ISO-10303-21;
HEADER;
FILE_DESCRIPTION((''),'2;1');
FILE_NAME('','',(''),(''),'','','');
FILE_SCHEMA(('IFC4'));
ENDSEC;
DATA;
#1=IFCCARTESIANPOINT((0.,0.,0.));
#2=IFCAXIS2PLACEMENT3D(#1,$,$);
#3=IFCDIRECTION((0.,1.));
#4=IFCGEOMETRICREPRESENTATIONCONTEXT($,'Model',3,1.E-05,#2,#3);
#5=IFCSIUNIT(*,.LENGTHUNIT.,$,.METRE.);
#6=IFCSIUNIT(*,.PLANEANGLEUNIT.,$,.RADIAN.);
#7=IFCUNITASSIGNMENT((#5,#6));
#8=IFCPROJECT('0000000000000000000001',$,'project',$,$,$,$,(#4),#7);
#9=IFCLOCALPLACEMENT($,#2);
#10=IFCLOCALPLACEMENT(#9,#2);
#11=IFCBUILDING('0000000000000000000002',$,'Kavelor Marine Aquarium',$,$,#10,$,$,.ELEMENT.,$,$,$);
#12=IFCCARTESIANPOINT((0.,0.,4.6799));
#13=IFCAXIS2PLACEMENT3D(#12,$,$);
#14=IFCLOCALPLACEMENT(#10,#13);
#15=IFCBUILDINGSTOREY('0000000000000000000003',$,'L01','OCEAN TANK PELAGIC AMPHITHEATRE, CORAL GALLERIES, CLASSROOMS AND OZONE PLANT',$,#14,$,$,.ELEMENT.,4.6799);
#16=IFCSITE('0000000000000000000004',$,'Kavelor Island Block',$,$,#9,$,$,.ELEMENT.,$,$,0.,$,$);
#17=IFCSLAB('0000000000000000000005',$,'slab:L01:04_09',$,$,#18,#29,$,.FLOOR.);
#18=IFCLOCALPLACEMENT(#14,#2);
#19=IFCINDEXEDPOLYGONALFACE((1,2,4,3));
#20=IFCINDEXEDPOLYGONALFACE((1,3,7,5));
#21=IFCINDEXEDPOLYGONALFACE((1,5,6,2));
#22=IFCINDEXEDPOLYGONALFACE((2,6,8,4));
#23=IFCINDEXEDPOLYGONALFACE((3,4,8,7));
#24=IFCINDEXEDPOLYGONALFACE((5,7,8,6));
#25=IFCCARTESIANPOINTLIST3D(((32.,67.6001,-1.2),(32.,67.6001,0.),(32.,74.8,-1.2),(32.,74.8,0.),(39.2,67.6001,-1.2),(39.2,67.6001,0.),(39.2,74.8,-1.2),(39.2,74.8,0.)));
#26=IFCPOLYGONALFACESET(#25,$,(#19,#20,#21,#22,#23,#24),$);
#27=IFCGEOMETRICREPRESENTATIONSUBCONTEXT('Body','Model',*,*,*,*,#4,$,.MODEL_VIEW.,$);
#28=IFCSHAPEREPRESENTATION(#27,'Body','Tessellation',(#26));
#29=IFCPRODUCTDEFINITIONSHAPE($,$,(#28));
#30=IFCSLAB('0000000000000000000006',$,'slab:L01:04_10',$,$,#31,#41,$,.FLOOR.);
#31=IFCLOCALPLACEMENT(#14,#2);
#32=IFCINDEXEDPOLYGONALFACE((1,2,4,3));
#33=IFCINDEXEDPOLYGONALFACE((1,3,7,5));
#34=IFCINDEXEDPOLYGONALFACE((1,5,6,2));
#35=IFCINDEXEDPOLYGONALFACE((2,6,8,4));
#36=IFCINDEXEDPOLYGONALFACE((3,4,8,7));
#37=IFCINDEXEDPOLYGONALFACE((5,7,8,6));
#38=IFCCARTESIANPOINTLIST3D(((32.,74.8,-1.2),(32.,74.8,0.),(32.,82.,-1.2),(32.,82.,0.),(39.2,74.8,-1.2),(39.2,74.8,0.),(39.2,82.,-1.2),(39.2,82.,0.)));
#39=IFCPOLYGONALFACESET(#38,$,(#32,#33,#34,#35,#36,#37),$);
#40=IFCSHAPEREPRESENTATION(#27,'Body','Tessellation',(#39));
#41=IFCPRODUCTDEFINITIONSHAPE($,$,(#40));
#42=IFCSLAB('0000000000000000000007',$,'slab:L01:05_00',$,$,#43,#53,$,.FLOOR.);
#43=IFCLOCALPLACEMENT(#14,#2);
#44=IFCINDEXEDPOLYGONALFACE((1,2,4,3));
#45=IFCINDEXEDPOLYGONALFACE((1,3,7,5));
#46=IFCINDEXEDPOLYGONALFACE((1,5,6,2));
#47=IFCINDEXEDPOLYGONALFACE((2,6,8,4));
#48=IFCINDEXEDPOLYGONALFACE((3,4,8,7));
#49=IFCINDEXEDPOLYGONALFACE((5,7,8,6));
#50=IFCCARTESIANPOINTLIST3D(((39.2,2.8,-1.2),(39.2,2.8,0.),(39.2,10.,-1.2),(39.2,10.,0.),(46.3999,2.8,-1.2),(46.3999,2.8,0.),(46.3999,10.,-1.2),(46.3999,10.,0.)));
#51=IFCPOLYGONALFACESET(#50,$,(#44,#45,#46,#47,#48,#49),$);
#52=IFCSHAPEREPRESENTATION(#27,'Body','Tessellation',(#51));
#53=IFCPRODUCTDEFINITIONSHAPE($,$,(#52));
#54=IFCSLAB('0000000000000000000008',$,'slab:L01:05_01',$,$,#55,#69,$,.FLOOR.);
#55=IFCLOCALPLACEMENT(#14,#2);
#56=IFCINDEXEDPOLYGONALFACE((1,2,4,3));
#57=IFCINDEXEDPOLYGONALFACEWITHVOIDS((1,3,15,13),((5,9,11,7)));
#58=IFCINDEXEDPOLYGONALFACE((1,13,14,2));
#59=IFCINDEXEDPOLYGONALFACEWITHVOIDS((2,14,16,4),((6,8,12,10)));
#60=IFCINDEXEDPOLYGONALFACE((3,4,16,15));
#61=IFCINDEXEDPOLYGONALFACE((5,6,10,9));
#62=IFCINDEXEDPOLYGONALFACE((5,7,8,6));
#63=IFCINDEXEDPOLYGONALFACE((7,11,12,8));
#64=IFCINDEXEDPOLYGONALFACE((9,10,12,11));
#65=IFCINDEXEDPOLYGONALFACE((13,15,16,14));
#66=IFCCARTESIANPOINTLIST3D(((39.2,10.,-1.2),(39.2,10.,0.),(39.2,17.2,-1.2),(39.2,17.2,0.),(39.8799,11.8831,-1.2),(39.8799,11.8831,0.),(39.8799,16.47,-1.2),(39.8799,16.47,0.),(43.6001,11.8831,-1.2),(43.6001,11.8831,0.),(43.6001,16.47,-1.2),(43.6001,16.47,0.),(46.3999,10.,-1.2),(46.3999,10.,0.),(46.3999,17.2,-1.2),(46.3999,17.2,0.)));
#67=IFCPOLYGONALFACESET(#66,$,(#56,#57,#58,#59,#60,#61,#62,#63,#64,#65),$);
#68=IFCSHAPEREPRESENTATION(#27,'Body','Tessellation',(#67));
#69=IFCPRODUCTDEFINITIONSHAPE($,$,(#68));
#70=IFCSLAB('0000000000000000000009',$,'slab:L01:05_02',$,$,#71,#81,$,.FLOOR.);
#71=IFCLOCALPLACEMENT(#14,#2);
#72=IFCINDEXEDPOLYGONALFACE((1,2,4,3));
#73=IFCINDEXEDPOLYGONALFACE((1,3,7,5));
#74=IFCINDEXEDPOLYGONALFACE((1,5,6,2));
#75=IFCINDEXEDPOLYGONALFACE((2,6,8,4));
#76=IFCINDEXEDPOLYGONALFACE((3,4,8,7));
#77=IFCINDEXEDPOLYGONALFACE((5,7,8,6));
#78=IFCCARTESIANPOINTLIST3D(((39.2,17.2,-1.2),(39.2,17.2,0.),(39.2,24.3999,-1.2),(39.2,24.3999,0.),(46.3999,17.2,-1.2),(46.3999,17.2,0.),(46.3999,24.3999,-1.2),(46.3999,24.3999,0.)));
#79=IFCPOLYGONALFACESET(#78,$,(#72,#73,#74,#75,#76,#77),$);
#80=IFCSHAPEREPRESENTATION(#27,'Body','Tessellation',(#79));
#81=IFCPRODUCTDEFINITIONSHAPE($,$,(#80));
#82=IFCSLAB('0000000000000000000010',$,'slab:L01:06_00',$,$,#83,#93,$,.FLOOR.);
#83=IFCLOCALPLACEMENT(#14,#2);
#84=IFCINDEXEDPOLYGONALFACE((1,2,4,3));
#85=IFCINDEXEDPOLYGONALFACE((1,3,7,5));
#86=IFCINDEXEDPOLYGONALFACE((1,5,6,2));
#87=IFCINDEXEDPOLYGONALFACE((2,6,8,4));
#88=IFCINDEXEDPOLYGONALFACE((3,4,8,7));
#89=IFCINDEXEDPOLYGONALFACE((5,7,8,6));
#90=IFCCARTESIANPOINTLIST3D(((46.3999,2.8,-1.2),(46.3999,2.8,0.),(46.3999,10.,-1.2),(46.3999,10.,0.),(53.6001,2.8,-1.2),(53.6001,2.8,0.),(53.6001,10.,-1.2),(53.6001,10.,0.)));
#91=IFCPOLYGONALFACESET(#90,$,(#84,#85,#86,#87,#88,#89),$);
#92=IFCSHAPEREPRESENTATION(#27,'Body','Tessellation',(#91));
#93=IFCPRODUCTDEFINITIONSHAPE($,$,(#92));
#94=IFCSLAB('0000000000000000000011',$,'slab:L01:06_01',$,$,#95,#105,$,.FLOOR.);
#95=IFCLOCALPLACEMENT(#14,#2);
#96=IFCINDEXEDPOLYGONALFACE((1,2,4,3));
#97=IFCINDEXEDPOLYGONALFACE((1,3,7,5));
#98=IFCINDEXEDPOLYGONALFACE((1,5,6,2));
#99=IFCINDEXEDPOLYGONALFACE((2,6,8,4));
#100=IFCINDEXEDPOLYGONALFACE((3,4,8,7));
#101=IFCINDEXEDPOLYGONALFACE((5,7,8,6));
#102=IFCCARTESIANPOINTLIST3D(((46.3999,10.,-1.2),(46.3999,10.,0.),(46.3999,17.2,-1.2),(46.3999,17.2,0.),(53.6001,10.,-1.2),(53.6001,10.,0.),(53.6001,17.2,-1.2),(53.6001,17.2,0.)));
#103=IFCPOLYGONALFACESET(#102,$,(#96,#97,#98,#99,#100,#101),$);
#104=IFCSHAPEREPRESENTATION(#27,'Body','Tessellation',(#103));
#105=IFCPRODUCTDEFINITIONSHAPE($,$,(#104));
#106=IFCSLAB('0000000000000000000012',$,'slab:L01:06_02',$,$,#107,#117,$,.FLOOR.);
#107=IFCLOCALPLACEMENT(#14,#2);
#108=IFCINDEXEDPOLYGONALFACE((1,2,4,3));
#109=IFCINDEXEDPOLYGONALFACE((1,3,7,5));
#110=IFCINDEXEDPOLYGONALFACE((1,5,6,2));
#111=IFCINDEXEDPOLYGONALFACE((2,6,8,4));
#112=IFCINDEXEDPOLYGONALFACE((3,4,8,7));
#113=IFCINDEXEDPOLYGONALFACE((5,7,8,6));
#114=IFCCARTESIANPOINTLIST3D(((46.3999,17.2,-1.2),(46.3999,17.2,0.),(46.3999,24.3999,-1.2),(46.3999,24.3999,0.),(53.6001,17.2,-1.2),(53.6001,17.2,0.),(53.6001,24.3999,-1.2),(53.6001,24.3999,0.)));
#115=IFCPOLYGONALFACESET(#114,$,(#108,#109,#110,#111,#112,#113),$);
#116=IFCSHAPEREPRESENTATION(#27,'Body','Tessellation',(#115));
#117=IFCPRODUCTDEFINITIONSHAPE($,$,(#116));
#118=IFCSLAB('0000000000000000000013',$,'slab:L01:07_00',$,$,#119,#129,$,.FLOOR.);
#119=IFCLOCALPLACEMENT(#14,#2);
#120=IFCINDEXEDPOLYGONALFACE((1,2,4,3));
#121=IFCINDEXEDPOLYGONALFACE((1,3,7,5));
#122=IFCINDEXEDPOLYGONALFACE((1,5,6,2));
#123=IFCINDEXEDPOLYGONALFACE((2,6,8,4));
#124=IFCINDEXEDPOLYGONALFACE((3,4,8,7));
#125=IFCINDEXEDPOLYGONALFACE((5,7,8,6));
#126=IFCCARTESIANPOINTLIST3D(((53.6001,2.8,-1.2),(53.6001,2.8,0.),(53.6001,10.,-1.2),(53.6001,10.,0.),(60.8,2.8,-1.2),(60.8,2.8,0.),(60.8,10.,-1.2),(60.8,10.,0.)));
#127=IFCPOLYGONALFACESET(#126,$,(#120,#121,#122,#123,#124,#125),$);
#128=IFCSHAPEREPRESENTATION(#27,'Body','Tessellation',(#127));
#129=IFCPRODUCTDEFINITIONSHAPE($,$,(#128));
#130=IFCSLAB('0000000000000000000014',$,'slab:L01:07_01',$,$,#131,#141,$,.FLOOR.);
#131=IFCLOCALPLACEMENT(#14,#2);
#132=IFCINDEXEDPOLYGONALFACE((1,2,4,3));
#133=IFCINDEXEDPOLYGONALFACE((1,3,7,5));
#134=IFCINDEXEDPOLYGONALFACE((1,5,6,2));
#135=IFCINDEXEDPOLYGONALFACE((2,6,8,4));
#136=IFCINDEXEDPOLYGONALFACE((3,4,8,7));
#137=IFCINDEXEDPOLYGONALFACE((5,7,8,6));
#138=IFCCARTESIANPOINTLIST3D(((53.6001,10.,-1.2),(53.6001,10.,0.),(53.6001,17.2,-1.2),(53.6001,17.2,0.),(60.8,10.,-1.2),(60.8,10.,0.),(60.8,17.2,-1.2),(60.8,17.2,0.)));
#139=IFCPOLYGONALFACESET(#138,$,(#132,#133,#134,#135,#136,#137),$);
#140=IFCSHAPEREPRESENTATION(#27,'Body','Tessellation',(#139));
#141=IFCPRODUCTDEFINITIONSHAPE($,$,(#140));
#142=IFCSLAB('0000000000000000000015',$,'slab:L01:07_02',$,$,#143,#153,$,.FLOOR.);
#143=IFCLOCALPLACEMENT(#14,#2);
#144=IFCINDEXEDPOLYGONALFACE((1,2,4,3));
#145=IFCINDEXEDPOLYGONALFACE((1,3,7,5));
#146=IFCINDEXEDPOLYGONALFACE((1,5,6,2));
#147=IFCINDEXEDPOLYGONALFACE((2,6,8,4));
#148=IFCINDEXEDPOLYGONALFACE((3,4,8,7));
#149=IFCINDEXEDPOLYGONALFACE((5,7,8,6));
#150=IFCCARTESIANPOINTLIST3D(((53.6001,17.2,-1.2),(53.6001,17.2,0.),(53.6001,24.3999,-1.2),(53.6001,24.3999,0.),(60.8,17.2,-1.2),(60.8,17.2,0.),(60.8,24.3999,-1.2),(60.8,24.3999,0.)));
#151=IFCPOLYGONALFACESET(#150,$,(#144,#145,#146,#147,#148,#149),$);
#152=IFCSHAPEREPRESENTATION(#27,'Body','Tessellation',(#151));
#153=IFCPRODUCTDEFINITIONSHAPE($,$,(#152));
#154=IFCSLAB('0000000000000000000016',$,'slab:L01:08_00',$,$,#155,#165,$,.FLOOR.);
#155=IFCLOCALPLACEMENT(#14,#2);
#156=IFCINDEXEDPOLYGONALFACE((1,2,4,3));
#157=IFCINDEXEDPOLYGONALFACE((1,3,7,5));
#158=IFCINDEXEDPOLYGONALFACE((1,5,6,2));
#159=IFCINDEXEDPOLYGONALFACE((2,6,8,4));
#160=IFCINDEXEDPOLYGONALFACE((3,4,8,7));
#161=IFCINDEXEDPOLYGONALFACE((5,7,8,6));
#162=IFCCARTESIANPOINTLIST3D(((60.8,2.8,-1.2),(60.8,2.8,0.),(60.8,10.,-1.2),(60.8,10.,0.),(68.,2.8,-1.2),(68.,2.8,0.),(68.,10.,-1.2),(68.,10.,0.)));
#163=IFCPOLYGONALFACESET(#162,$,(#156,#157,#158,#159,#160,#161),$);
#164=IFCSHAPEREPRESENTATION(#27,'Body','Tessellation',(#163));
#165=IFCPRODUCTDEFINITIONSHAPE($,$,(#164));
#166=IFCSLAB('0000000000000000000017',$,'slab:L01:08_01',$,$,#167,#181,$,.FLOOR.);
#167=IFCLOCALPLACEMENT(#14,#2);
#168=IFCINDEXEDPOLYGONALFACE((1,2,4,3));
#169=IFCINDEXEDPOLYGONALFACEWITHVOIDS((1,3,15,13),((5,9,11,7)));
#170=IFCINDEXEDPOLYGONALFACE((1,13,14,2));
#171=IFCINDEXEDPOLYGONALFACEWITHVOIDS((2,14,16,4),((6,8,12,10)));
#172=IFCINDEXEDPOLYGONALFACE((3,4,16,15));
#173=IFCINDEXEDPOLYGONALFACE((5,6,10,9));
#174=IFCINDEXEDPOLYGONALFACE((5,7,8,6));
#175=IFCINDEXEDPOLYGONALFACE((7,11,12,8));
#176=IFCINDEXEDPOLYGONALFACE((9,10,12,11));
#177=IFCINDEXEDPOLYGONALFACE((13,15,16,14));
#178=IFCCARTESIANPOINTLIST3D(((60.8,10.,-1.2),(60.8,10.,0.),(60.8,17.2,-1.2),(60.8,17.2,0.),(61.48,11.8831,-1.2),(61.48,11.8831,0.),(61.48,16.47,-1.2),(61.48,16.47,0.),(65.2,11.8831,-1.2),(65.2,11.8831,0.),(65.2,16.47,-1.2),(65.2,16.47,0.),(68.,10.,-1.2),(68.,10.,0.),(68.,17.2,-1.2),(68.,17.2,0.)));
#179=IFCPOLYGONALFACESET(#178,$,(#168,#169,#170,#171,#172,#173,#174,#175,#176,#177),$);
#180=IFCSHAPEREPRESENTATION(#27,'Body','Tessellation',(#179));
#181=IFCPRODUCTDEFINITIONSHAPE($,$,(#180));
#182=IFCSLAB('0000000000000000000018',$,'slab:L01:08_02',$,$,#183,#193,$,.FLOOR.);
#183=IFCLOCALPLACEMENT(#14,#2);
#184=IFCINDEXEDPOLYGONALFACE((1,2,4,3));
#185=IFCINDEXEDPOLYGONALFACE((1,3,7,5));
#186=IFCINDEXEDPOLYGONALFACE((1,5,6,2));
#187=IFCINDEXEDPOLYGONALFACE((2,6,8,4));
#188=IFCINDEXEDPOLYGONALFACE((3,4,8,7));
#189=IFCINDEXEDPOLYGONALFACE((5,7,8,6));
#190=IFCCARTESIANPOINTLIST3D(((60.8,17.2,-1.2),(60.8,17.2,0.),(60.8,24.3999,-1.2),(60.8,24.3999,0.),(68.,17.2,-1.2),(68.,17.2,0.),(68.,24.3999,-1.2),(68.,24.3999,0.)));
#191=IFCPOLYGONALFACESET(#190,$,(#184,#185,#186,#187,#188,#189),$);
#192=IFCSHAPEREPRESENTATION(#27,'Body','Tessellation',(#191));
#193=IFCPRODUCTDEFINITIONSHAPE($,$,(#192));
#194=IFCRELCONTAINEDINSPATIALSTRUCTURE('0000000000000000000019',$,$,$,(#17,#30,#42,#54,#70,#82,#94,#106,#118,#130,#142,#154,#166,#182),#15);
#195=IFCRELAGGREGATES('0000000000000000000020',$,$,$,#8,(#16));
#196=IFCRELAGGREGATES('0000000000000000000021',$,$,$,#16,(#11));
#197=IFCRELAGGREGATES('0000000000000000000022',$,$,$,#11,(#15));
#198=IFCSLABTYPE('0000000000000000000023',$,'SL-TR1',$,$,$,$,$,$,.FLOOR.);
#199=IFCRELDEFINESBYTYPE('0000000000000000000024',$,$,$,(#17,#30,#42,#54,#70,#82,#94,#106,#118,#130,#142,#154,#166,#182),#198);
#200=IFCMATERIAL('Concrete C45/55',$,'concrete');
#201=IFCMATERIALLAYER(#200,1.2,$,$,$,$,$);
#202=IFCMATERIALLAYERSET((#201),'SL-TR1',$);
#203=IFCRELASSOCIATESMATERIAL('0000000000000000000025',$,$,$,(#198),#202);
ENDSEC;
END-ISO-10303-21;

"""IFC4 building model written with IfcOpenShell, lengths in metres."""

from ifc_helpers import new_model, si_unit, direction, frame, origin, place, context, subcontext, project, spatial, polyline, outline, extrude, material, layer, layer_set, type_object, element, save


model = new_model("IFC4")

# Units and contexts
model_context = context("Model", 3, precision=1e-05, world=origin(), true_north=direction((0.0, 1.0)))
body_context = subcontext(model_context, "Body", "Model", "MODEL_VIEW")
ifc_project = project(units=[si_unit("LENGTHUNIT", "METRE"), si_unit("PLANEANGLEUNIT", "RADIAN")], contexts=[model_context])

# Site, building, storey
site_placement = place(None, origin())
site = spatial("IfcSite", under=ifc_project, at=site_placement, Name="Kavelor Island Block", CompositionType="ELEMENT", RefElevation=0.0)
building_placement = place(site_placement, origin())
building = spatial("IfcBuilding", under=site, at=building_placement, Name="Kavelor Marine Aquarium", CompositionType="ELEMENT")
storey_placement = place(building_placement, frame((0.0, 0.0, 4.6799)))
storey = spatial("IfcBuildingStorey", under=building, at=storey_placement, Name="L01", Description="OCEAN TANK PELAGIC AMPHITHEATRE, CORAL GALLERIES, CLASSROOMS AND OZONE PLANT", CompositionType="ELEMENT", Elevation=4.6799)

# Slabs
ifc_material_1 = material(Name="Concrete C45/55", Category="concrete")
ifc_layer_1 = layer(ifc_material_1, 1.2)
ifc_layer_set_1 = layer_set([ifc_layer_1], Name="SL-TR1")
slab_type_1 = type_object("IfcSlabType", Name="SL-TR1", PredefinedType="FLOOR", material=ifc_layer_set_1)
slab_1_placement = place(storey_placement, frame((0.0, 0.0, -1.2)))
element("IfcSlab", 1, at=slab_1_placement, inside=storey, type_object=slab_type_1, Name="slab:L01:04_09", PredefinedType="FLOOR", context=body_context, shape_type="SweptSolid", body=[
    extrude(outline(polyline([(32.0, 67.6001), (39.2, 67.6001), (39.2, 74.8), (32.0, 74.8), (32.0, 67.6001)])), origin(), (0.0, 0.0, 1.0), 1.2),
])
slab_2_placement = place(storey_placement, frame((0.0, 0.0, -1.2)))
element("IfcSlab", 2, at=slab_2_placement, inside=storey, type_object=slab_type_1, Name="slab:L01:04_10", PredefinedType="FLOOR", context=body_context, shape_type="SweptSolid", body=[
    extrude(outline(polyline([(32.0, 74.8), (39.2, 74.8), (39.2, 82.0), (32.0, 82.0), (32.0, 74.8)])), origin(), (0.0, 0.0, 1.0), 1.2),
])
slab_3_placement = place(storey_placement, frame((0.0, 0.0, -1.2)))
element("IfcSlab", 3, at=slab_3_placement, inside=storey, type_object=slab_type_1, Name="slab:L01:05_00", PredefinedType="FLOOR", context=body_context, shape_type="SweptSolid", body=[
    extrude(outline(polyline([(39.2, 2.8), (46.3999, 2.8), (46.3999, 10.0), (39.2, 10.0), (39.2, 2.8)])), origin(), (0.0, 0.0, 1.0), 1.2),
])
slab_4_placement = place(storey_placement, frame((0.0, 0.0, -1.2)))
element("IfcSlab", 4, at=slab_4_placement, inside=storey, type_object=slab_type_1, Name="slab:L01:05_01", PredefinedType="FLOOR", context=body_context, shape_type="SweptSolid", body=[
    extrude(outline(polyline([(39.2, 10.0), (46.3999, 10.0), (46.3999, 17.2), (39.2, 17.2), (39.2, 10.0)]), holes=[polyline([(39.8799, 11.8831), (43.6001, 11.8831), (43.6001, 16.47), (39.8799, 16.47), (39.8799, 11.8831)])]), origin(), (0.0, 0.0, 1.0), 1.2),
])
slab_5_placement = place(storey_placement, frame((0.0, 0.0, -1.2)))
element("IfcSlab", 5, at=slab_5_placement, inside=storey, type_object=slab_type_1, Name="slab:L01:05_02", PredefinedType="FLOOR", context=body_context, shape_type="SweptSolid", body=[
    extrude(outline(polyline([(39.2, 17.2), (46.3999, 17.2), (46.3999, 24.3999), (39.2, 24.3999), (39.2, 17.2)])), origin(), (0.0, 0.0, 1.0), 1.2),
])
slab_6_placement = place(storey_placement, frame((0.0, 0.0, -1.2)))
element("IfcSlab", 6, at=slab_6_placement, inside=storey, type_object=slab_type_1, Name="slab:L01:06_00", PredefinedType="FLOOR", context=body_context, shape_type="SweptSolid", body=[
    extrude(outline(polyline([(46.3999, 2.8), (53.6001, 2.8), (53.6001, 10.0), (46.3999, 10.0), (46.3999, 2.8)])), origin(), (0.0, 0.0, 1.0), 1.2),
])
slab_7_placement = place(storey_placement, frame((0.0, 0.0, -1.2)))
element("IfcSlab", 7, at=slab_7_placement, inside=storey, type_object=slab_type_1, Name="slab:L01:06_01", PredefinedType="FLOOR", context=body_context, shape_type="SweptSolid", body=[
    extrude(outline(polyline([(46.3999, 10.0), (53.6001, 10.0), (53.6001, 17.2), (46.3999, 17.2), (46.3999, 10.0)])), origin(), (0.0, 0.0, 1.0), 1.2),
])
slab_8_placement = place(storey_placement, frame((0.0, 0.0, -1.2)))
element("IfcSlab", 8, at=slab_8_placement, inside=storey, type_object=slab_type_1, Name="slab:L01:06_02", PredefinedType="FLOOR", context=body_context, shape_type="SweptSolid", body=[
    extrude(outline(polyline([(46.3999, 17.2), (53.6001, 17.2), (53.6001, 24.3999), (46.3999, 24.3999), (46.3999, 17.2)])), origin(), (0.0, 0.0, 1.0), 1.2),
])
slab_9_placement = place(storey_placement, frame((0.0, 0.0, -1.2)))
element("IfcSlab", 9, at=slab_9_placement, inside=storey, type_object=slab_type_1, Name="slab:L01:07_00", PredefinedType="FLOOR", context=body_context, shape_type="SweptSolid", body=[
    extrude(outline(polyline([(53.6001, 2.8), (60.8, 2.8), (60.8, 10.0), (53.6001, 10.0), (53.6001, 2.8)])), origin(), (0.0, 0.0, 1.0), 1.2),
])
slab_10_placement = place(storey_placement, frame((0.0, 0.0, -1.2)))
element("IfcSlab", 10, at=slab_10_placement, inside=storey, type_object=slab_type_1, Name="slab:L01:07_01", PredefinedType="FLOOR", context=body_context, shape_type="SweptSolid", body=[
    extrude(outline(polyline([(53.6001, 10.0), (60.8, 10.0), (60.8, 17.2), (53.6001, 17.2), (53.6001, 10.0)])), origin(), (0.0, 0.0, 1.0), 1.2),
])
slab_11_placement = place(storey_placement, frame((0.0, 0.0, -1.2)))
element("IfcSlab", 11, at=slab_11_placement, inside=storey, type_object=slab_type_1, Name="slab:L01:07_02", PredefinedType="FLOOR", context=body_context, shape_type="SweptSolid", body=[
    extrude(outline(polyline([(53.6001, 17.2), (60.8, 17.2), (60.8, 24.3999), (53.6001, 24.3999), (53.6001, 17.2)])), origin(), (0.0, 0.0, 1.0), 1.2),
])
slab_12_placement = place(storey_placement, frame((0.0, 0.0, -1.2)))
element("IfcSlab", 12, at=slab_12_placement, inside=storey, type_object=slab_type_1, Name="slab:L01:08_00", PredefinedType="FLOOR", context=body_context, shape_type="SweptSolid", body=[
    extrude(outline(polyline([(60.8, 2.8), (68.0, 2.8), (68.0, 10.0), (60.8, 10.0), (60.8, 2.8)])), origin(), (0.0, 0.0, 1.0), 1.2),
])
slab_13_placement = place(storey_placement, frame((0.0, 0.0, -1.2)))
element("IfcSlab", 13, at=slab_13_placement, inside=storey, type_object=slab_type_1, Name="slab:L01:08_01", PredefinedType="FLOOR", context=body_context, shape_type="SweptSolid", body=[
    extrude(outline(polyline([(60.8, 10.0), (68.0, 10.0), (68.0, 17.2), (60.8, 17.2), (60.8, 10.0)]), holes=[polyline([(61.48, 11.8831), (65.2, 11.8831), (65.2, 16.47), (61.48, 16.47), (61.48, 11.8831)])]), origin(), (0.0, 0.0, 1.0), 1.2),
])
slab_14_placement = place(storey_placement, frame((0.0, 0.0, -1.2)))
element("IfcSlab", 14, at=slab_14_placement, inside=storey, type_object=slab_type_1, Name="slab:L01:08_02", PredefinedType="FLOOR", context=body_context, shape_type="SweptSolid", body=[
    extrude(outline(polyline([(60.8, 17.2), (68.0, 17.2), (68.0, 24.3999), (60.8, 24.3999), (60.8, 17.2)])), origin(), (0.0, 0.0, 1.0), 1.2),
])

save(model, "model.ifc")
